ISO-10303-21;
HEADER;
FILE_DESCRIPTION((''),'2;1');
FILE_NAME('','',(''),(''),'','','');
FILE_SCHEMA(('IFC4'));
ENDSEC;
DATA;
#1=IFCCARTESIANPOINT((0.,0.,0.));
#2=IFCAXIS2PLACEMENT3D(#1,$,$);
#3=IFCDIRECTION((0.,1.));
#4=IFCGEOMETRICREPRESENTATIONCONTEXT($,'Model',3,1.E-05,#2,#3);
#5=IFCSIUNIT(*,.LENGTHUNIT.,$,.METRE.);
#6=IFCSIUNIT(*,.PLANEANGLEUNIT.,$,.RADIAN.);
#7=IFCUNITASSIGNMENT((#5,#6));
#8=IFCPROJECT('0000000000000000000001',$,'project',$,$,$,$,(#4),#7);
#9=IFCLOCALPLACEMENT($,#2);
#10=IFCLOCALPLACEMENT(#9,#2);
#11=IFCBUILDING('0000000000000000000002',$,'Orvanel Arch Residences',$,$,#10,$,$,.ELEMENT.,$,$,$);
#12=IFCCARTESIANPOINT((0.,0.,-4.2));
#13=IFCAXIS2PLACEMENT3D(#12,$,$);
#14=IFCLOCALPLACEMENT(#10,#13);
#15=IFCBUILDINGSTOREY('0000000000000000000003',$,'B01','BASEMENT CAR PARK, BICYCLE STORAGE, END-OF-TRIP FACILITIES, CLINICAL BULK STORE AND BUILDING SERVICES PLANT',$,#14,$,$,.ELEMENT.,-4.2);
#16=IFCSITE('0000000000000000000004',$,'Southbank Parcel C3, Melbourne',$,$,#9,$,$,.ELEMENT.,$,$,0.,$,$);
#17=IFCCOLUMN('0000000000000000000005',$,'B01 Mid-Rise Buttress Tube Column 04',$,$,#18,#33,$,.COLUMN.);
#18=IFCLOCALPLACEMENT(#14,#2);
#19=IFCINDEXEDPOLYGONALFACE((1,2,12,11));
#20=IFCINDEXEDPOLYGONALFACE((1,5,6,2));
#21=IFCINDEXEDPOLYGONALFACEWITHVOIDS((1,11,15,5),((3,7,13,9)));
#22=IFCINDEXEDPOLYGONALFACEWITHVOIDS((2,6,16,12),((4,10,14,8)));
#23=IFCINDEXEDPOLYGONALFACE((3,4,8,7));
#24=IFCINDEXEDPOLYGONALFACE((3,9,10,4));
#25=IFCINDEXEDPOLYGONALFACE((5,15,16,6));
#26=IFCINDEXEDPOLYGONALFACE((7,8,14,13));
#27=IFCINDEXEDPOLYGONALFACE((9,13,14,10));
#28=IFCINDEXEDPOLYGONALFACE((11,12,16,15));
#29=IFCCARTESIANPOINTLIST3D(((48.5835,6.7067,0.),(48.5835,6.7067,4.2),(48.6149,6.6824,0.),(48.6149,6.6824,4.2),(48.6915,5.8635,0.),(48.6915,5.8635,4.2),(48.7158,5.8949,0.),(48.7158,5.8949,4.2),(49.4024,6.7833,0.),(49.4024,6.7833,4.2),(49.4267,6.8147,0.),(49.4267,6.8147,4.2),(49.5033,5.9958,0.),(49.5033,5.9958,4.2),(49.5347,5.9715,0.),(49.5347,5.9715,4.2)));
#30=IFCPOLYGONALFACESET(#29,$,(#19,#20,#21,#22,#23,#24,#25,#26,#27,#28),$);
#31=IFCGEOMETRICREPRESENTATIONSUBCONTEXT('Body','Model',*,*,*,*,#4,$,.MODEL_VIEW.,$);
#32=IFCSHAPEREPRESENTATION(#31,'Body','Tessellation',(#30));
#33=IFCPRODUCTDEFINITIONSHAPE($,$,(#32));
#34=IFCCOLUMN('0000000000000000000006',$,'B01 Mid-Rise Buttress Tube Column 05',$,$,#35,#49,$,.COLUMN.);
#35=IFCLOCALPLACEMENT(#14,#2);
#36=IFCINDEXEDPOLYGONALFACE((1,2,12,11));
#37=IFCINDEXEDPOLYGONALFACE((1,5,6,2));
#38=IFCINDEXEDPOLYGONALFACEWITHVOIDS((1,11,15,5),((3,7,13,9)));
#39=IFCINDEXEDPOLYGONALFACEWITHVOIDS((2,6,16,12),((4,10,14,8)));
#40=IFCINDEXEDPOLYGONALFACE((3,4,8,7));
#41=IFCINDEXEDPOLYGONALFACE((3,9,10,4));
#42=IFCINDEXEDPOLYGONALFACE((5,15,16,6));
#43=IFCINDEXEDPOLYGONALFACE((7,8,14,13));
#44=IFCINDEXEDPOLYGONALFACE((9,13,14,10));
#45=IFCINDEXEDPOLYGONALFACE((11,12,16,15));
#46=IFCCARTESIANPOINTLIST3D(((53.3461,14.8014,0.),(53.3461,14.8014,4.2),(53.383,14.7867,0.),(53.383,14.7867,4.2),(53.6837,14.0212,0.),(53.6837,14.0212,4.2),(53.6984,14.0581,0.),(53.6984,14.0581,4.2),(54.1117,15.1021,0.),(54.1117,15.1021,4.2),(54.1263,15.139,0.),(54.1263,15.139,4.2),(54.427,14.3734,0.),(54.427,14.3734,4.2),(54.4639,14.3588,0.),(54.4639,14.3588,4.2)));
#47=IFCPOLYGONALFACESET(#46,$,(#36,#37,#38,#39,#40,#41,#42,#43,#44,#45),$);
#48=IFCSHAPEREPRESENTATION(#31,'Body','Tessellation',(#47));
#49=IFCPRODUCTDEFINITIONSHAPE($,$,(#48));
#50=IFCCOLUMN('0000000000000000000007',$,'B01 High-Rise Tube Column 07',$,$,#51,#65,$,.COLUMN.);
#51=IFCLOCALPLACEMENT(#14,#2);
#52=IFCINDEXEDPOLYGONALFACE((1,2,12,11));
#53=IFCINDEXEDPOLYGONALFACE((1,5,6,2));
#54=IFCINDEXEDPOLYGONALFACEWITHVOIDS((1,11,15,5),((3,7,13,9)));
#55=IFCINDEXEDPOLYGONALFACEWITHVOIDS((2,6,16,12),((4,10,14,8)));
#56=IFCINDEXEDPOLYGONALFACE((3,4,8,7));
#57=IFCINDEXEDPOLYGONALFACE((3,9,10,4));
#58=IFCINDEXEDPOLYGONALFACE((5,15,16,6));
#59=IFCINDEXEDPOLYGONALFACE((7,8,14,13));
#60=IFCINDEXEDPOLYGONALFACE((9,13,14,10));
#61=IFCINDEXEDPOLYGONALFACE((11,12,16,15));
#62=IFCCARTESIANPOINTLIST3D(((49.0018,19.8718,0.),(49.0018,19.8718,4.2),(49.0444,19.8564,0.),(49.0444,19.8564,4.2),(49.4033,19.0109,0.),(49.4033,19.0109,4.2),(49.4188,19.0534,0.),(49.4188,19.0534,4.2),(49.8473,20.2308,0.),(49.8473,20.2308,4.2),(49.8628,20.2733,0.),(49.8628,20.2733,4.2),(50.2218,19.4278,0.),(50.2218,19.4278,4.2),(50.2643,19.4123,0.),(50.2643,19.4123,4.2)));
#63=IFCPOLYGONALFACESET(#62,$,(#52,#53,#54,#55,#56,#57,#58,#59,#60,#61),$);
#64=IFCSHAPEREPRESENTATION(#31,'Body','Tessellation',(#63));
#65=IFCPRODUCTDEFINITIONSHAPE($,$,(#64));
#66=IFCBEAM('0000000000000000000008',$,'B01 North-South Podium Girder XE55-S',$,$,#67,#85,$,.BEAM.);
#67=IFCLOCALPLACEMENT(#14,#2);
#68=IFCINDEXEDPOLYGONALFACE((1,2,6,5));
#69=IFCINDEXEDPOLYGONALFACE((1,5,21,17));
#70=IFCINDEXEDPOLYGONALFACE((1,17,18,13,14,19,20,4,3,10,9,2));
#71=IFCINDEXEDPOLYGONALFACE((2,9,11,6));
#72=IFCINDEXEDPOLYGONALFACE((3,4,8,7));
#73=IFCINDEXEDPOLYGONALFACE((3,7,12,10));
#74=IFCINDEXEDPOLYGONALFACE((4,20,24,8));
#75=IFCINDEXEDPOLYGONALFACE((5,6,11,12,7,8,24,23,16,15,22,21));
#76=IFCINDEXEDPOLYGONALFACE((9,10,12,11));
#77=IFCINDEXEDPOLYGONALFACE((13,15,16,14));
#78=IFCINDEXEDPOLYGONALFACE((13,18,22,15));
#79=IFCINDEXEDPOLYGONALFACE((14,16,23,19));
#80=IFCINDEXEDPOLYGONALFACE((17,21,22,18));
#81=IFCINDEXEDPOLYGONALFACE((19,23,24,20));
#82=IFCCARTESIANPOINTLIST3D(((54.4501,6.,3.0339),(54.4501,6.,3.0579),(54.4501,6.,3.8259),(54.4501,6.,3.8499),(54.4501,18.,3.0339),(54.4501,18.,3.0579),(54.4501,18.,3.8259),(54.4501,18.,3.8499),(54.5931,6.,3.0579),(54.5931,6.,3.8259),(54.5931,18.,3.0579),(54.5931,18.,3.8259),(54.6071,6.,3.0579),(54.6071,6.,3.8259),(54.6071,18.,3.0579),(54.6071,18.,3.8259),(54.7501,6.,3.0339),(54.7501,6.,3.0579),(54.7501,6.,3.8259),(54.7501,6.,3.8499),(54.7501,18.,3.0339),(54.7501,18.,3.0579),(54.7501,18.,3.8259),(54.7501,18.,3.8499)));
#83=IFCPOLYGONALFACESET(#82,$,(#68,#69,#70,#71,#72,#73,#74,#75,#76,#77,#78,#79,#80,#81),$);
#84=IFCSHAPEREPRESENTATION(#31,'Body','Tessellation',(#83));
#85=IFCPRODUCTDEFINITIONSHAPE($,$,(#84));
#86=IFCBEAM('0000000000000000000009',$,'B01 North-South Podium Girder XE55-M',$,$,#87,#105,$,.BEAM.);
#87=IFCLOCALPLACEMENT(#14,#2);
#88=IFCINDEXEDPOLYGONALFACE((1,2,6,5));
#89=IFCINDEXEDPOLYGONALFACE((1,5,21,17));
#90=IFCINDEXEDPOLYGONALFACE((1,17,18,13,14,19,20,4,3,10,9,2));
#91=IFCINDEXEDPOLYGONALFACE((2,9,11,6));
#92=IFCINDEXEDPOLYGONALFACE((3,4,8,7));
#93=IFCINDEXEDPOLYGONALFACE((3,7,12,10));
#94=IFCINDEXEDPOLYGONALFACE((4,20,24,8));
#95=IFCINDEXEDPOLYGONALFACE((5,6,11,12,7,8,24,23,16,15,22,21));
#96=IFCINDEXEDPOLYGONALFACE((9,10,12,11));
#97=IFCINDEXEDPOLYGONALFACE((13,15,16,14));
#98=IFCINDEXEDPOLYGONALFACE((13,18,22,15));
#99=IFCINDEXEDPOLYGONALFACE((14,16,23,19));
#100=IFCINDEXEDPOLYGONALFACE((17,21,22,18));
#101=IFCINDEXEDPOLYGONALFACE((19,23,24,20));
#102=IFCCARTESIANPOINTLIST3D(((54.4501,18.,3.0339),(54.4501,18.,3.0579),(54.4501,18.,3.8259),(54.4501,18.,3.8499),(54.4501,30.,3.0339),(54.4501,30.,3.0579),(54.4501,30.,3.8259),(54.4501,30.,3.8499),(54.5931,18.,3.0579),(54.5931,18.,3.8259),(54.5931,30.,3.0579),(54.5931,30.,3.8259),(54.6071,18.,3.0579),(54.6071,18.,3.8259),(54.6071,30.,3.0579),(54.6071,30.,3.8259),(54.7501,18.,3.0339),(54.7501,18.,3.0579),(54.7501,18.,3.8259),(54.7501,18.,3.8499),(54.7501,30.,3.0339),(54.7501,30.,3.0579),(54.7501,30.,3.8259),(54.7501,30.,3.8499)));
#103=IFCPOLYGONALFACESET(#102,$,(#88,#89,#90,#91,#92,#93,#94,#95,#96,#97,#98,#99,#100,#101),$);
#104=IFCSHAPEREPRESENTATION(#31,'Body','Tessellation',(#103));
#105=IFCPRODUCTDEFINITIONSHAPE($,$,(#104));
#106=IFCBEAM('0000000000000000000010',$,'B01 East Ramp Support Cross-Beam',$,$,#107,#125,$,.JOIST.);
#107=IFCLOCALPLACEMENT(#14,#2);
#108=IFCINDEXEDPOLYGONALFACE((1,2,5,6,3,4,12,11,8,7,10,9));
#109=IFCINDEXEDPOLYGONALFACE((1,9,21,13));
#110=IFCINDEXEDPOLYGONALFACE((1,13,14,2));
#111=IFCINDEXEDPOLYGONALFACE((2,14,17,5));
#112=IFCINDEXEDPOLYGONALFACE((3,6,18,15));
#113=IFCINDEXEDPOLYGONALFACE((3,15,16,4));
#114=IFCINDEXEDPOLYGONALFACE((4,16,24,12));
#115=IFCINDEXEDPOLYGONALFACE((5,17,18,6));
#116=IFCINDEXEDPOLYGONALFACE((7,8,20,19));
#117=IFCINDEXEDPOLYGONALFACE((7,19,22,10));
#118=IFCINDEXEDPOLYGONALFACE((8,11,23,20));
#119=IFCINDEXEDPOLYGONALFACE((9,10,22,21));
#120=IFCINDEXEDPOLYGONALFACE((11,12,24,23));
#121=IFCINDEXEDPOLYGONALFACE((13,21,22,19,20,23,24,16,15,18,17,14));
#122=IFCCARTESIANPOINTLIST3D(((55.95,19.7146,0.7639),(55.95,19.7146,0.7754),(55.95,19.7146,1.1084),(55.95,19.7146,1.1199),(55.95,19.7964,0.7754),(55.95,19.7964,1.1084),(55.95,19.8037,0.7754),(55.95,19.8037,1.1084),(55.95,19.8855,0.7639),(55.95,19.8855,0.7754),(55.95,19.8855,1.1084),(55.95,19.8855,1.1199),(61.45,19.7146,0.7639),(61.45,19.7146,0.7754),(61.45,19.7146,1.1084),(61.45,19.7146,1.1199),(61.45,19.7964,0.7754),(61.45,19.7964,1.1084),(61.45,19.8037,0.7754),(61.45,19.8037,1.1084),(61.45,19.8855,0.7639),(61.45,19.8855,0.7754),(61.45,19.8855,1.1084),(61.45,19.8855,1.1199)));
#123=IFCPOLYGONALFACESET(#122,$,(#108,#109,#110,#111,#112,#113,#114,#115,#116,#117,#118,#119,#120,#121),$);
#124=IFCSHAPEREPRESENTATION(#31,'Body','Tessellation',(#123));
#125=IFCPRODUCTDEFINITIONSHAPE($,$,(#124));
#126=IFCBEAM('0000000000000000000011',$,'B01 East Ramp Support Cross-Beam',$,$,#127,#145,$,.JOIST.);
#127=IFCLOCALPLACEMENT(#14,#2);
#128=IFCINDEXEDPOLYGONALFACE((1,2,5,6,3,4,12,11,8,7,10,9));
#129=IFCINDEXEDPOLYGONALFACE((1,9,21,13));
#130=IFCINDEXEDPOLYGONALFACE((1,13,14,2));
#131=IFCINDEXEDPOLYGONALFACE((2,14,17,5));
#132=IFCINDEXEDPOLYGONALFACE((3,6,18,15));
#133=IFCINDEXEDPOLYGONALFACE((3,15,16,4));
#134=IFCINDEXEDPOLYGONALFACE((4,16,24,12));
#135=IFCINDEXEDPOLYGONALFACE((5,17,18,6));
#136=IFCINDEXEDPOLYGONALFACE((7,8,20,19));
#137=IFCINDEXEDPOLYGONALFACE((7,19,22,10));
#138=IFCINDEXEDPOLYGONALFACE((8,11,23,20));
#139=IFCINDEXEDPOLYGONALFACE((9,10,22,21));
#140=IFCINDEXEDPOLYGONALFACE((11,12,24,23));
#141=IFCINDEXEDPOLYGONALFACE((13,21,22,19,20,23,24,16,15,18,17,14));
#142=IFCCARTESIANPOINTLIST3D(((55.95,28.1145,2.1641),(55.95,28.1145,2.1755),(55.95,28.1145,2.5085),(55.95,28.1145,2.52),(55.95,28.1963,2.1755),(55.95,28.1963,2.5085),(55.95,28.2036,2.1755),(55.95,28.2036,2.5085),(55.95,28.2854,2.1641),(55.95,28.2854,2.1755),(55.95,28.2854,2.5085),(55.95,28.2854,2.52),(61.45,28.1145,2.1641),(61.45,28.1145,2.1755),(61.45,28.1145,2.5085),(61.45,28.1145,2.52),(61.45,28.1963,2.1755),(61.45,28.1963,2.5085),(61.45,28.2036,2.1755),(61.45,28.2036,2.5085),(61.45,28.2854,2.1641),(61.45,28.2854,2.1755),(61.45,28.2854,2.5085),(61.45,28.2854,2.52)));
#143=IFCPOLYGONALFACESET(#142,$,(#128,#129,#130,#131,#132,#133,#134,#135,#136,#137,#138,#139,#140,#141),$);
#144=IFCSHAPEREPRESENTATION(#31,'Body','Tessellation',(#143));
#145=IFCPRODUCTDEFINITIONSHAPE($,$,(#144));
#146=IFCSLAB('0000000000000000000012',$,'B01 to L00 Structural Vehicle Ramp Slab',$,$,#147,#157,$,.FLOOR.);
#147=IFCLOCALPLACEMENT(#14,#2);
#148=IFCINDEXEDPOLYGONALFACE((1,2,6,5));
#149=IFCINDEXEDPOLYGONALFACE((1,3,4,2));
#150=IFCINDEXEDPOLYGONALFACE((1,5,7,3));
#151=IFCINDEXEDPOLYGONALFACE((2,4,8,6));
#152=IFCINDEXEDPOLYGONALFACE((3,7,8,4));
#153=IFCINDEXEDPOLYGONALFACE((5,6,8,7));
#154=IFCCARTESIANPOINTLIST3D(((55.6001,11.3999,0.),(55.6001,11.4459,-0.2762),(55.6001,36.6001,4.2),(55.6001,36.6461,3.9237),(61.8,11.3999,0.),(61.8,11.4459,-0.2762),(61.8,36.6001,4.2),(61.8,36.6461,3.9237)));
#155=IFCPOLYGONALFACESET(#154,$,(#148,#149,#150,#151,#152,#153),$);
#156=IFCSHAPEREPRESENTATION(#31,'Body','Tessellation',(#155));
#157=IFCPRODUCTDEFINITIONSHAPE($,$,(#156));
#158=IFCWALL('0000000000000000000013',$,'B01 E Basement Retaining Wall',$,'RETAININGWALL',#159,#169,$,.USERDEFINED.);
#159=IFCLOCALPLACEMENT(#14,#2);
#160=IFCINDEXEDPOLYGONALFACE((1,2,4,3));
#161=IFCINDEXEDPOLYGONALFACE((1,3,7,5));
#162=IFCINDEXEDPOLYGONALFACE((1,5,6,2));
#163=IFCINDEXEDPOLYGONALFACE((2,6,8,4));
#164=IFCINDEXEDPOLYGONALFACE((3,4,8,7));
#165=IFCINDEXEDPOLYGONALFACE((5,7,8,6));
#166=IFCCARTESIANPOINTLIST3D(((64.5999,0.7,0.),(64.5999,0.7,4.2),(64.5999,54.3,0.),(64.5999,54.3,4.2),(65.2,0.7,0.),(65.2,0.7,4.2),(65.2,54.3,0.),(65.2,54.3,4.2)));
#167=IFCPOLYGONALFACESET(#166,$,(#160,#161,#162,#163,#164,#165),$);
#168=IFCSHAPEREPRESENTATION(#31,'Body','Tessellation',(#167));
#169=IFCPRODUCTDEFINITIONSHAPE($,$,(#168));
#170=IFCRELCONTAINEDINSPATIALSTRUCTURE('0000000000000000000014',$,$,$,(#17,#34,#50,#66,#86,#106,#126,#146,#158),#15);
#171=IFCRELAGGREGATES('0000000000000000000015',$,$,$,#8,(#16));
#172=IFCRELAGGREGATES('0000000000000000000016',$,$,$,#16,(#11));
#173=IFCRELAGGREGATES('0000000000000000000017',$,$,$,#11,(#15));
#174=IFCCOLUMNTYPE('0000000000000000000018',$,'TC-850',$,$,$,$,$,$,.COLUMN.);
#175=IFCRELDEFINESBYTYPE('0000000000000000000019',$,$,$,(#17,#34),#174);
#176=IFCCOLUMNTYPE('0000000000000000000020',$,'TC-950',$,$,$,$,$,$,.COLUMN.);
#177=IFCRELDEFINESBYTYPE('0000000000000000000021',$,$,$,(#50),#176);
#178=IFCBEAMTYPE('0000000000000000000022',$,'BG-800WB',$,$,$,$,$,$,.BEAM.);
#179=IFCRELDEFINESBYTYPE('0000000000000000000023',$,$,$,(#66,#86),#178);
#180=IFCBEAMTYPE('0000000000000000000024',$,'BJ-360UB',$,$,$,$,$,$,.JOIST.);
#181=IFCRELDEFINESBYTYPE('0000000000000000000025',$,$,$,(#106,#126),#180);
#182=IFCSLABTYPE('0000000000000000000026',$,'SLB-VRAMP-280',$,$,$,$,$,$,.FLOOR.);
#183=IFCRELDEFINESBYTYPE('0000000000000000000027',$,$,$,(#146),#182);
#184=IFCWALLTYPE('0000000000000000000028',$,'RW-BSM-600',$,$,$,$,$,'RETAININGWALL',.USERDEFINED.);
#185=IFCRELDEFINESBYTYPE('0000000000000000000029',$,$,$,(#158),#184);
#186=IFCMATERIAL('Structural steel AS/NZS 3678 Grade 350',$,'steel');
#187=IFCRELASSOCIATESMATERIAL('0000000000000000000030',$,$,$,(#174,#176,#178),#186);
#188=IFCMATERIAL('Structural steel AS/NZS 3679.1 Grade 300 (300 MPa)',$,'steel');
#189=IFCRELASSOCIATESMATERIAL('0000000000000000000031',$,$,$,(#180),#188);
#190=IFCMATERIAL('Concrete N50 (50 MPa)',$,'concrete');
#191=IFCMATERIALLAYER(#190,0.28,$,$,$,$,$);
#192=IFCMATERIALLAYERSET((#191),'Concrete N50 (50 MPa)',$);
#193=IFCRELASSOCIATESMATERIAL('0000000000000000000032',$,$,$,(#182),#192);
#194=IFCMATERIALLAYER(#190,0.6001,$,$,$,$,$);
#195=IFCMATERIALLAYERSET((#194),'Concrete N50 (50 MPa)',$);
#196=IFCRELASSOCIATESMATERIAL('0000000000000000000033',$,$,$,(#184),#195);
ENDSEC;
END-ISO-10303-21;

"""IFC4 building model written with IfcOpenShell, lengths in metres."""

from ifc_helpers import new_model, si_unit, direction, frame, frame_2d, origin, origin_2d, place, context, subcontext, project, spatial, polyline, rectangle, hollow_rectangle, i_section, outline, extrude, material, layer, layer_set, material_profile, profile_set, type_object, element, save


model = new_model("IFC4")

# Units and contexts
model_context = context("Model", 3, precision=1e-05, world=origin(), true_north=direction((0.0, 1.0)))
body_context = subcontext(model_context, "Body", "Model", "MODEL_VIEW")
ifc_project = project(units=[si_unit("LENGTHUNIT", "METRE"), si_unit("PLANEANGLEUNIT", "RADIAN")], contexts=[model_context])

# Site, building, storey
site_placement = place(None, origin())
site = spatial("IfcSite", under=ifc_project, at=site_placement, Name="Southbank Parcel C3, Melbourne", CompositionType="ELEMENT", RefElevation=0.0)
building_placement = place(site_placement, origin())
building = spatial("IfcBuilding", under=site, at=building_placement, Name="Orvanel Arch Residences", CompositionType="ELEMENT")
storey_placement = place(building_placement, frame((0.0, 0.0, -4.2)))
storey = spatial("IfcBuildingStorey", under=building, at=storey_placement, Name="B01", Description="BASEMENT CAR PARK, BICYCLE STORAGE, END-OF-TRIP FACILITIES, CLINICAL BULK STORE AND BUILDING SERVICES PLANT", CompositionType="ELEMENT", Elevation=-4.2)

# Columns
ifc_material_1 = material(Name="Structural steel AS/NZS 3679.1 Grade 300 (300 MPa)", Category="steel")
ifc_material_2 = material(Name="Structural steel AS/NZS 3678 Grade 350", Category="steel")
ifc_material_profile_1 = material_profile(ifc_material_2, hollow_rectangle(XDim=0.8501, YDim=0.8501, WallThickness=0.0281, at=origin_2d()), Name="BOX850x850x28")
ifc_profile_set_1 = profile_set([ifc_material_profile_1], Name="Structural steel AS/NZS 3678 Grade 350")
column_type_1 = type_object("IfcColumnType", Name="TC-850", PredefinedType="COLUMN", material=ifc_profile_set_1)
for number, where, z_axis, x_axis, name in (
    (1, (49.0591, 6.3391, 0.0), (0.0, 0.0, 1.0), (0.991894, 0.127065, 0.0), "B01 Mid-Rise Buttress Tube Column 04"),
    (2, (53.905, 14.5801, 0.0), (0.0, 0.0, 1.0), (-0.397148, 0.917755, 0.0), "B01 Mid-Rise Buttress Tube Column 05"),
):
    element("IfcColumn", number, at=place(storey_placement, frame(where, z_axis=z_axis, x_axis=x_axis)), inside=storey, type_object=column_type_1, Name=name, PredefinedType="COLUMN", context=body_context, shape_type="SweptSolid", body=[
        extrude(hollow_rectangle(XDim=0.8501, YDim=0.8501, WallThickness=0.0281, at=origin_2d()), origin(), (0.0, 0.0, 1.0), 4.2),
    ])
ifc_material_profile_2 = material_profile(ifc_material_2, hollow_rectangle(XDim=0.95, YDim=0.95, WallThickness=0.032, at=origin_2d()), Name="BOX950x950x32")
ifc_profile_set_2 = profile_set([ifc_material_profile_2], Name="Structural steel AS/NZS 3678 Grade 350")
column_type_2 = type_object("IfcColumnType", Name="TC-950", PredefinedType="COLUMN", material=ifc_profile_set_2)
column_1_placement = place(storey_placement, frame((49.6331, 19.6421, 0.0), z_axis=(0.0, 0.0, 1.0), x_axis=(-0.422618, 0.906308, 0.0)))
element("IfcColumn", 3, at=column_1_placement, inside=storey, type_object=column_type_2, Name="B01 High-Rise Tube Column 07", PredefinedType="COLUMN", context=body_context, shape_type="SweptSolid", body=[
    extrude(hollow_rectangle(XDim=0.95, YDim=0.95, WallThickness=0.032, at=origin_2d()), origin(), (0.0, 0.0, 1.0), 4.2),
])

# Beams
ifc_material_profile_3 = material_profile(ifc_material_2, i_section(OverallWidth=0.3, OverallDepth=0.8159, WebThickness=0.0139, FlangeThickness=0.0239, at=origin_2d()), Name="800WB192")
ifc_profile_set_3 = profile_set([ifc_material_profile_3], Name="Structural steel AS/NZS 3678 Grade 350")
beam_type_1 = type_object("IfcBeamType", Name="BG-800WB", PredefinedType="BEAM", material=ifc_profile_set_3)
for number, where, z_axis, x_axis, name in (
    (4, (54.6001, 6.0, 3.4419), (0.0, 1.0, 0.0), (-1.0, 0.0, 0.0), "B01 North-South Podium Girder XE55-S"),
    (5, (54.6001, 18.0, 3.4419), (0.0, 1.0, 0.0), (-1.0, 0.0, 0.0), "B01 North-South Podium Girder XE55-M"),
):
    element("IfcBeam", number, at=place(storey_placement, frame(where, z_axis=z_axis, x_axis=x_axis)), inside=storey, type_object=beam_type_1, Name=name, PredefinedType="BEAM", context=body_context, shape_type="SweptSolid", body=[
        extrude(i_section(OverallWidth=0.3, OverallDepth=0.8159, WebThickness=0.0139, FlangeThickness=0.0239, at=origin_2d()), origin(), (0.0, 0.0, 1.0), 12.0),
    ])
ifc_material_profile_4 = material_profile(ifc_material_1, i_section(OverallWidth=0.1709, OverallDepth=0.356, WebThickness=0.0073, FlangeThickness=0.0115, at=origin_2d()), Name="360UB50.7")
ifc_profile_set_4 = profile_set([ifc_material_profile_4], Name="Structural steel AS/NZS 3679.1 Grade 300 (300 MPa)")
beam_type_2 = type_object("IfcBeamType", Name="BJ-360UB", PredefinedType="JOIST", material=ifc_profile_set_4)
for number, where, z_axis, x_axis, name in (
    (6, (55.95, 19.8, 0.9419), (1.0, 0.0, 0.0), (0.0, 1.0, 0.0), "B01 East Ramp Support Cross-Beam"),
    (7, (55.95, 28.2, 2.342), (1.0, 0.0, 0.0), (0.0, 1.0, 0.0), "B01 East Ramp Support Cross-Beam"),
):
    element("IfcBeam", number, at=place(storey_placement, frame(where, z_axis=z_axis, x_axis=x_axis)), inside=storey, type_object=beam_type_2, Name=name, PredefinedType="JOIST", context=body_context, shape_type="SweptSolid", body=[
        extrude(i_section(OverallWidth=0.1709, OverallDepth=0.356, WebThickness=0.0073, FlangeThickness=0.0115, at=origin_2d()), origin(), (0.0, 0.0, 1.0), 5.5),
    ])

# Slab
ifc_material_3 = material(Name="Concrete N50 (50 MPa)", Category="concrete")
ifc_layer_1 = layer(ifc_material_3, 0.28)
ifc_layer_set_1 = layer_set([ifc_layer_1], Name="Concrete N50 (50 MPa)")
slab_type = type_object("IfcSlabType", Name="SLB-VRAMP-280", PredefinedType="FLOOR", material=ifc_layer_set_1)
slab_placement = place(storey_placement, frame((55.6001, 11.3999, 0.0), z_axis=(0.0, -0.164396, 0.986394), x_axis=(1.0, 0.0, 0.0)))
element("IfcSlab", 8, at=slab_placement, inside=storey, type_object=slab_type, Name="B01 to L00 Structural Vehicle Ramp Slab", PredefinedType="FLOOR", context=body_context, shape_type="SweptSolid", body=[
    extrude(outline(polyline([(0.0, 0.0), (6.2, 0.0), (6.2, 25.5478), (0.0, 25.5478), (0.0, 0.0)])), origin(), (0.0, 0.0, -1.0), 0.28),
])

# Wall
ifc_layer_2 = layer(ifc_material_3, 0.6001)
ifc_layer_set_2 = layer_set([ifc_layer_2], Name="Concrete N50 (50 MPa)")
wall_type = type_object("IfcWallType", Name="RW-BSM-600", ElementType="RETAININGWALL", PredefinedType="USERDEFINED", material=ifc_layer_set_2)
wall_placement = place(storey_placement, frame((64.8999, 0.7, 0.0), z_axis=(0.0, 0.0, 1.0), x_axis=(0.0, 1.0, 0.0)))
element("IfcWall", 9, at=wall_placement, inside=storey, type_object=wall_type, Name="B01 E Basement Retaining Wall", ObjectType="RETAININGWALL", PredefinedType="USERDEFINED", context=body_context, shape_type="SweptSolid", body=[
    extrude(rectangle(XDim=53.6001, YDim=0.6001, at=frame_2d((26.8, 0.0))), origin(), (0.0, 0.0, 1.0), 4.2),
])

save(model, "model.ifc")
